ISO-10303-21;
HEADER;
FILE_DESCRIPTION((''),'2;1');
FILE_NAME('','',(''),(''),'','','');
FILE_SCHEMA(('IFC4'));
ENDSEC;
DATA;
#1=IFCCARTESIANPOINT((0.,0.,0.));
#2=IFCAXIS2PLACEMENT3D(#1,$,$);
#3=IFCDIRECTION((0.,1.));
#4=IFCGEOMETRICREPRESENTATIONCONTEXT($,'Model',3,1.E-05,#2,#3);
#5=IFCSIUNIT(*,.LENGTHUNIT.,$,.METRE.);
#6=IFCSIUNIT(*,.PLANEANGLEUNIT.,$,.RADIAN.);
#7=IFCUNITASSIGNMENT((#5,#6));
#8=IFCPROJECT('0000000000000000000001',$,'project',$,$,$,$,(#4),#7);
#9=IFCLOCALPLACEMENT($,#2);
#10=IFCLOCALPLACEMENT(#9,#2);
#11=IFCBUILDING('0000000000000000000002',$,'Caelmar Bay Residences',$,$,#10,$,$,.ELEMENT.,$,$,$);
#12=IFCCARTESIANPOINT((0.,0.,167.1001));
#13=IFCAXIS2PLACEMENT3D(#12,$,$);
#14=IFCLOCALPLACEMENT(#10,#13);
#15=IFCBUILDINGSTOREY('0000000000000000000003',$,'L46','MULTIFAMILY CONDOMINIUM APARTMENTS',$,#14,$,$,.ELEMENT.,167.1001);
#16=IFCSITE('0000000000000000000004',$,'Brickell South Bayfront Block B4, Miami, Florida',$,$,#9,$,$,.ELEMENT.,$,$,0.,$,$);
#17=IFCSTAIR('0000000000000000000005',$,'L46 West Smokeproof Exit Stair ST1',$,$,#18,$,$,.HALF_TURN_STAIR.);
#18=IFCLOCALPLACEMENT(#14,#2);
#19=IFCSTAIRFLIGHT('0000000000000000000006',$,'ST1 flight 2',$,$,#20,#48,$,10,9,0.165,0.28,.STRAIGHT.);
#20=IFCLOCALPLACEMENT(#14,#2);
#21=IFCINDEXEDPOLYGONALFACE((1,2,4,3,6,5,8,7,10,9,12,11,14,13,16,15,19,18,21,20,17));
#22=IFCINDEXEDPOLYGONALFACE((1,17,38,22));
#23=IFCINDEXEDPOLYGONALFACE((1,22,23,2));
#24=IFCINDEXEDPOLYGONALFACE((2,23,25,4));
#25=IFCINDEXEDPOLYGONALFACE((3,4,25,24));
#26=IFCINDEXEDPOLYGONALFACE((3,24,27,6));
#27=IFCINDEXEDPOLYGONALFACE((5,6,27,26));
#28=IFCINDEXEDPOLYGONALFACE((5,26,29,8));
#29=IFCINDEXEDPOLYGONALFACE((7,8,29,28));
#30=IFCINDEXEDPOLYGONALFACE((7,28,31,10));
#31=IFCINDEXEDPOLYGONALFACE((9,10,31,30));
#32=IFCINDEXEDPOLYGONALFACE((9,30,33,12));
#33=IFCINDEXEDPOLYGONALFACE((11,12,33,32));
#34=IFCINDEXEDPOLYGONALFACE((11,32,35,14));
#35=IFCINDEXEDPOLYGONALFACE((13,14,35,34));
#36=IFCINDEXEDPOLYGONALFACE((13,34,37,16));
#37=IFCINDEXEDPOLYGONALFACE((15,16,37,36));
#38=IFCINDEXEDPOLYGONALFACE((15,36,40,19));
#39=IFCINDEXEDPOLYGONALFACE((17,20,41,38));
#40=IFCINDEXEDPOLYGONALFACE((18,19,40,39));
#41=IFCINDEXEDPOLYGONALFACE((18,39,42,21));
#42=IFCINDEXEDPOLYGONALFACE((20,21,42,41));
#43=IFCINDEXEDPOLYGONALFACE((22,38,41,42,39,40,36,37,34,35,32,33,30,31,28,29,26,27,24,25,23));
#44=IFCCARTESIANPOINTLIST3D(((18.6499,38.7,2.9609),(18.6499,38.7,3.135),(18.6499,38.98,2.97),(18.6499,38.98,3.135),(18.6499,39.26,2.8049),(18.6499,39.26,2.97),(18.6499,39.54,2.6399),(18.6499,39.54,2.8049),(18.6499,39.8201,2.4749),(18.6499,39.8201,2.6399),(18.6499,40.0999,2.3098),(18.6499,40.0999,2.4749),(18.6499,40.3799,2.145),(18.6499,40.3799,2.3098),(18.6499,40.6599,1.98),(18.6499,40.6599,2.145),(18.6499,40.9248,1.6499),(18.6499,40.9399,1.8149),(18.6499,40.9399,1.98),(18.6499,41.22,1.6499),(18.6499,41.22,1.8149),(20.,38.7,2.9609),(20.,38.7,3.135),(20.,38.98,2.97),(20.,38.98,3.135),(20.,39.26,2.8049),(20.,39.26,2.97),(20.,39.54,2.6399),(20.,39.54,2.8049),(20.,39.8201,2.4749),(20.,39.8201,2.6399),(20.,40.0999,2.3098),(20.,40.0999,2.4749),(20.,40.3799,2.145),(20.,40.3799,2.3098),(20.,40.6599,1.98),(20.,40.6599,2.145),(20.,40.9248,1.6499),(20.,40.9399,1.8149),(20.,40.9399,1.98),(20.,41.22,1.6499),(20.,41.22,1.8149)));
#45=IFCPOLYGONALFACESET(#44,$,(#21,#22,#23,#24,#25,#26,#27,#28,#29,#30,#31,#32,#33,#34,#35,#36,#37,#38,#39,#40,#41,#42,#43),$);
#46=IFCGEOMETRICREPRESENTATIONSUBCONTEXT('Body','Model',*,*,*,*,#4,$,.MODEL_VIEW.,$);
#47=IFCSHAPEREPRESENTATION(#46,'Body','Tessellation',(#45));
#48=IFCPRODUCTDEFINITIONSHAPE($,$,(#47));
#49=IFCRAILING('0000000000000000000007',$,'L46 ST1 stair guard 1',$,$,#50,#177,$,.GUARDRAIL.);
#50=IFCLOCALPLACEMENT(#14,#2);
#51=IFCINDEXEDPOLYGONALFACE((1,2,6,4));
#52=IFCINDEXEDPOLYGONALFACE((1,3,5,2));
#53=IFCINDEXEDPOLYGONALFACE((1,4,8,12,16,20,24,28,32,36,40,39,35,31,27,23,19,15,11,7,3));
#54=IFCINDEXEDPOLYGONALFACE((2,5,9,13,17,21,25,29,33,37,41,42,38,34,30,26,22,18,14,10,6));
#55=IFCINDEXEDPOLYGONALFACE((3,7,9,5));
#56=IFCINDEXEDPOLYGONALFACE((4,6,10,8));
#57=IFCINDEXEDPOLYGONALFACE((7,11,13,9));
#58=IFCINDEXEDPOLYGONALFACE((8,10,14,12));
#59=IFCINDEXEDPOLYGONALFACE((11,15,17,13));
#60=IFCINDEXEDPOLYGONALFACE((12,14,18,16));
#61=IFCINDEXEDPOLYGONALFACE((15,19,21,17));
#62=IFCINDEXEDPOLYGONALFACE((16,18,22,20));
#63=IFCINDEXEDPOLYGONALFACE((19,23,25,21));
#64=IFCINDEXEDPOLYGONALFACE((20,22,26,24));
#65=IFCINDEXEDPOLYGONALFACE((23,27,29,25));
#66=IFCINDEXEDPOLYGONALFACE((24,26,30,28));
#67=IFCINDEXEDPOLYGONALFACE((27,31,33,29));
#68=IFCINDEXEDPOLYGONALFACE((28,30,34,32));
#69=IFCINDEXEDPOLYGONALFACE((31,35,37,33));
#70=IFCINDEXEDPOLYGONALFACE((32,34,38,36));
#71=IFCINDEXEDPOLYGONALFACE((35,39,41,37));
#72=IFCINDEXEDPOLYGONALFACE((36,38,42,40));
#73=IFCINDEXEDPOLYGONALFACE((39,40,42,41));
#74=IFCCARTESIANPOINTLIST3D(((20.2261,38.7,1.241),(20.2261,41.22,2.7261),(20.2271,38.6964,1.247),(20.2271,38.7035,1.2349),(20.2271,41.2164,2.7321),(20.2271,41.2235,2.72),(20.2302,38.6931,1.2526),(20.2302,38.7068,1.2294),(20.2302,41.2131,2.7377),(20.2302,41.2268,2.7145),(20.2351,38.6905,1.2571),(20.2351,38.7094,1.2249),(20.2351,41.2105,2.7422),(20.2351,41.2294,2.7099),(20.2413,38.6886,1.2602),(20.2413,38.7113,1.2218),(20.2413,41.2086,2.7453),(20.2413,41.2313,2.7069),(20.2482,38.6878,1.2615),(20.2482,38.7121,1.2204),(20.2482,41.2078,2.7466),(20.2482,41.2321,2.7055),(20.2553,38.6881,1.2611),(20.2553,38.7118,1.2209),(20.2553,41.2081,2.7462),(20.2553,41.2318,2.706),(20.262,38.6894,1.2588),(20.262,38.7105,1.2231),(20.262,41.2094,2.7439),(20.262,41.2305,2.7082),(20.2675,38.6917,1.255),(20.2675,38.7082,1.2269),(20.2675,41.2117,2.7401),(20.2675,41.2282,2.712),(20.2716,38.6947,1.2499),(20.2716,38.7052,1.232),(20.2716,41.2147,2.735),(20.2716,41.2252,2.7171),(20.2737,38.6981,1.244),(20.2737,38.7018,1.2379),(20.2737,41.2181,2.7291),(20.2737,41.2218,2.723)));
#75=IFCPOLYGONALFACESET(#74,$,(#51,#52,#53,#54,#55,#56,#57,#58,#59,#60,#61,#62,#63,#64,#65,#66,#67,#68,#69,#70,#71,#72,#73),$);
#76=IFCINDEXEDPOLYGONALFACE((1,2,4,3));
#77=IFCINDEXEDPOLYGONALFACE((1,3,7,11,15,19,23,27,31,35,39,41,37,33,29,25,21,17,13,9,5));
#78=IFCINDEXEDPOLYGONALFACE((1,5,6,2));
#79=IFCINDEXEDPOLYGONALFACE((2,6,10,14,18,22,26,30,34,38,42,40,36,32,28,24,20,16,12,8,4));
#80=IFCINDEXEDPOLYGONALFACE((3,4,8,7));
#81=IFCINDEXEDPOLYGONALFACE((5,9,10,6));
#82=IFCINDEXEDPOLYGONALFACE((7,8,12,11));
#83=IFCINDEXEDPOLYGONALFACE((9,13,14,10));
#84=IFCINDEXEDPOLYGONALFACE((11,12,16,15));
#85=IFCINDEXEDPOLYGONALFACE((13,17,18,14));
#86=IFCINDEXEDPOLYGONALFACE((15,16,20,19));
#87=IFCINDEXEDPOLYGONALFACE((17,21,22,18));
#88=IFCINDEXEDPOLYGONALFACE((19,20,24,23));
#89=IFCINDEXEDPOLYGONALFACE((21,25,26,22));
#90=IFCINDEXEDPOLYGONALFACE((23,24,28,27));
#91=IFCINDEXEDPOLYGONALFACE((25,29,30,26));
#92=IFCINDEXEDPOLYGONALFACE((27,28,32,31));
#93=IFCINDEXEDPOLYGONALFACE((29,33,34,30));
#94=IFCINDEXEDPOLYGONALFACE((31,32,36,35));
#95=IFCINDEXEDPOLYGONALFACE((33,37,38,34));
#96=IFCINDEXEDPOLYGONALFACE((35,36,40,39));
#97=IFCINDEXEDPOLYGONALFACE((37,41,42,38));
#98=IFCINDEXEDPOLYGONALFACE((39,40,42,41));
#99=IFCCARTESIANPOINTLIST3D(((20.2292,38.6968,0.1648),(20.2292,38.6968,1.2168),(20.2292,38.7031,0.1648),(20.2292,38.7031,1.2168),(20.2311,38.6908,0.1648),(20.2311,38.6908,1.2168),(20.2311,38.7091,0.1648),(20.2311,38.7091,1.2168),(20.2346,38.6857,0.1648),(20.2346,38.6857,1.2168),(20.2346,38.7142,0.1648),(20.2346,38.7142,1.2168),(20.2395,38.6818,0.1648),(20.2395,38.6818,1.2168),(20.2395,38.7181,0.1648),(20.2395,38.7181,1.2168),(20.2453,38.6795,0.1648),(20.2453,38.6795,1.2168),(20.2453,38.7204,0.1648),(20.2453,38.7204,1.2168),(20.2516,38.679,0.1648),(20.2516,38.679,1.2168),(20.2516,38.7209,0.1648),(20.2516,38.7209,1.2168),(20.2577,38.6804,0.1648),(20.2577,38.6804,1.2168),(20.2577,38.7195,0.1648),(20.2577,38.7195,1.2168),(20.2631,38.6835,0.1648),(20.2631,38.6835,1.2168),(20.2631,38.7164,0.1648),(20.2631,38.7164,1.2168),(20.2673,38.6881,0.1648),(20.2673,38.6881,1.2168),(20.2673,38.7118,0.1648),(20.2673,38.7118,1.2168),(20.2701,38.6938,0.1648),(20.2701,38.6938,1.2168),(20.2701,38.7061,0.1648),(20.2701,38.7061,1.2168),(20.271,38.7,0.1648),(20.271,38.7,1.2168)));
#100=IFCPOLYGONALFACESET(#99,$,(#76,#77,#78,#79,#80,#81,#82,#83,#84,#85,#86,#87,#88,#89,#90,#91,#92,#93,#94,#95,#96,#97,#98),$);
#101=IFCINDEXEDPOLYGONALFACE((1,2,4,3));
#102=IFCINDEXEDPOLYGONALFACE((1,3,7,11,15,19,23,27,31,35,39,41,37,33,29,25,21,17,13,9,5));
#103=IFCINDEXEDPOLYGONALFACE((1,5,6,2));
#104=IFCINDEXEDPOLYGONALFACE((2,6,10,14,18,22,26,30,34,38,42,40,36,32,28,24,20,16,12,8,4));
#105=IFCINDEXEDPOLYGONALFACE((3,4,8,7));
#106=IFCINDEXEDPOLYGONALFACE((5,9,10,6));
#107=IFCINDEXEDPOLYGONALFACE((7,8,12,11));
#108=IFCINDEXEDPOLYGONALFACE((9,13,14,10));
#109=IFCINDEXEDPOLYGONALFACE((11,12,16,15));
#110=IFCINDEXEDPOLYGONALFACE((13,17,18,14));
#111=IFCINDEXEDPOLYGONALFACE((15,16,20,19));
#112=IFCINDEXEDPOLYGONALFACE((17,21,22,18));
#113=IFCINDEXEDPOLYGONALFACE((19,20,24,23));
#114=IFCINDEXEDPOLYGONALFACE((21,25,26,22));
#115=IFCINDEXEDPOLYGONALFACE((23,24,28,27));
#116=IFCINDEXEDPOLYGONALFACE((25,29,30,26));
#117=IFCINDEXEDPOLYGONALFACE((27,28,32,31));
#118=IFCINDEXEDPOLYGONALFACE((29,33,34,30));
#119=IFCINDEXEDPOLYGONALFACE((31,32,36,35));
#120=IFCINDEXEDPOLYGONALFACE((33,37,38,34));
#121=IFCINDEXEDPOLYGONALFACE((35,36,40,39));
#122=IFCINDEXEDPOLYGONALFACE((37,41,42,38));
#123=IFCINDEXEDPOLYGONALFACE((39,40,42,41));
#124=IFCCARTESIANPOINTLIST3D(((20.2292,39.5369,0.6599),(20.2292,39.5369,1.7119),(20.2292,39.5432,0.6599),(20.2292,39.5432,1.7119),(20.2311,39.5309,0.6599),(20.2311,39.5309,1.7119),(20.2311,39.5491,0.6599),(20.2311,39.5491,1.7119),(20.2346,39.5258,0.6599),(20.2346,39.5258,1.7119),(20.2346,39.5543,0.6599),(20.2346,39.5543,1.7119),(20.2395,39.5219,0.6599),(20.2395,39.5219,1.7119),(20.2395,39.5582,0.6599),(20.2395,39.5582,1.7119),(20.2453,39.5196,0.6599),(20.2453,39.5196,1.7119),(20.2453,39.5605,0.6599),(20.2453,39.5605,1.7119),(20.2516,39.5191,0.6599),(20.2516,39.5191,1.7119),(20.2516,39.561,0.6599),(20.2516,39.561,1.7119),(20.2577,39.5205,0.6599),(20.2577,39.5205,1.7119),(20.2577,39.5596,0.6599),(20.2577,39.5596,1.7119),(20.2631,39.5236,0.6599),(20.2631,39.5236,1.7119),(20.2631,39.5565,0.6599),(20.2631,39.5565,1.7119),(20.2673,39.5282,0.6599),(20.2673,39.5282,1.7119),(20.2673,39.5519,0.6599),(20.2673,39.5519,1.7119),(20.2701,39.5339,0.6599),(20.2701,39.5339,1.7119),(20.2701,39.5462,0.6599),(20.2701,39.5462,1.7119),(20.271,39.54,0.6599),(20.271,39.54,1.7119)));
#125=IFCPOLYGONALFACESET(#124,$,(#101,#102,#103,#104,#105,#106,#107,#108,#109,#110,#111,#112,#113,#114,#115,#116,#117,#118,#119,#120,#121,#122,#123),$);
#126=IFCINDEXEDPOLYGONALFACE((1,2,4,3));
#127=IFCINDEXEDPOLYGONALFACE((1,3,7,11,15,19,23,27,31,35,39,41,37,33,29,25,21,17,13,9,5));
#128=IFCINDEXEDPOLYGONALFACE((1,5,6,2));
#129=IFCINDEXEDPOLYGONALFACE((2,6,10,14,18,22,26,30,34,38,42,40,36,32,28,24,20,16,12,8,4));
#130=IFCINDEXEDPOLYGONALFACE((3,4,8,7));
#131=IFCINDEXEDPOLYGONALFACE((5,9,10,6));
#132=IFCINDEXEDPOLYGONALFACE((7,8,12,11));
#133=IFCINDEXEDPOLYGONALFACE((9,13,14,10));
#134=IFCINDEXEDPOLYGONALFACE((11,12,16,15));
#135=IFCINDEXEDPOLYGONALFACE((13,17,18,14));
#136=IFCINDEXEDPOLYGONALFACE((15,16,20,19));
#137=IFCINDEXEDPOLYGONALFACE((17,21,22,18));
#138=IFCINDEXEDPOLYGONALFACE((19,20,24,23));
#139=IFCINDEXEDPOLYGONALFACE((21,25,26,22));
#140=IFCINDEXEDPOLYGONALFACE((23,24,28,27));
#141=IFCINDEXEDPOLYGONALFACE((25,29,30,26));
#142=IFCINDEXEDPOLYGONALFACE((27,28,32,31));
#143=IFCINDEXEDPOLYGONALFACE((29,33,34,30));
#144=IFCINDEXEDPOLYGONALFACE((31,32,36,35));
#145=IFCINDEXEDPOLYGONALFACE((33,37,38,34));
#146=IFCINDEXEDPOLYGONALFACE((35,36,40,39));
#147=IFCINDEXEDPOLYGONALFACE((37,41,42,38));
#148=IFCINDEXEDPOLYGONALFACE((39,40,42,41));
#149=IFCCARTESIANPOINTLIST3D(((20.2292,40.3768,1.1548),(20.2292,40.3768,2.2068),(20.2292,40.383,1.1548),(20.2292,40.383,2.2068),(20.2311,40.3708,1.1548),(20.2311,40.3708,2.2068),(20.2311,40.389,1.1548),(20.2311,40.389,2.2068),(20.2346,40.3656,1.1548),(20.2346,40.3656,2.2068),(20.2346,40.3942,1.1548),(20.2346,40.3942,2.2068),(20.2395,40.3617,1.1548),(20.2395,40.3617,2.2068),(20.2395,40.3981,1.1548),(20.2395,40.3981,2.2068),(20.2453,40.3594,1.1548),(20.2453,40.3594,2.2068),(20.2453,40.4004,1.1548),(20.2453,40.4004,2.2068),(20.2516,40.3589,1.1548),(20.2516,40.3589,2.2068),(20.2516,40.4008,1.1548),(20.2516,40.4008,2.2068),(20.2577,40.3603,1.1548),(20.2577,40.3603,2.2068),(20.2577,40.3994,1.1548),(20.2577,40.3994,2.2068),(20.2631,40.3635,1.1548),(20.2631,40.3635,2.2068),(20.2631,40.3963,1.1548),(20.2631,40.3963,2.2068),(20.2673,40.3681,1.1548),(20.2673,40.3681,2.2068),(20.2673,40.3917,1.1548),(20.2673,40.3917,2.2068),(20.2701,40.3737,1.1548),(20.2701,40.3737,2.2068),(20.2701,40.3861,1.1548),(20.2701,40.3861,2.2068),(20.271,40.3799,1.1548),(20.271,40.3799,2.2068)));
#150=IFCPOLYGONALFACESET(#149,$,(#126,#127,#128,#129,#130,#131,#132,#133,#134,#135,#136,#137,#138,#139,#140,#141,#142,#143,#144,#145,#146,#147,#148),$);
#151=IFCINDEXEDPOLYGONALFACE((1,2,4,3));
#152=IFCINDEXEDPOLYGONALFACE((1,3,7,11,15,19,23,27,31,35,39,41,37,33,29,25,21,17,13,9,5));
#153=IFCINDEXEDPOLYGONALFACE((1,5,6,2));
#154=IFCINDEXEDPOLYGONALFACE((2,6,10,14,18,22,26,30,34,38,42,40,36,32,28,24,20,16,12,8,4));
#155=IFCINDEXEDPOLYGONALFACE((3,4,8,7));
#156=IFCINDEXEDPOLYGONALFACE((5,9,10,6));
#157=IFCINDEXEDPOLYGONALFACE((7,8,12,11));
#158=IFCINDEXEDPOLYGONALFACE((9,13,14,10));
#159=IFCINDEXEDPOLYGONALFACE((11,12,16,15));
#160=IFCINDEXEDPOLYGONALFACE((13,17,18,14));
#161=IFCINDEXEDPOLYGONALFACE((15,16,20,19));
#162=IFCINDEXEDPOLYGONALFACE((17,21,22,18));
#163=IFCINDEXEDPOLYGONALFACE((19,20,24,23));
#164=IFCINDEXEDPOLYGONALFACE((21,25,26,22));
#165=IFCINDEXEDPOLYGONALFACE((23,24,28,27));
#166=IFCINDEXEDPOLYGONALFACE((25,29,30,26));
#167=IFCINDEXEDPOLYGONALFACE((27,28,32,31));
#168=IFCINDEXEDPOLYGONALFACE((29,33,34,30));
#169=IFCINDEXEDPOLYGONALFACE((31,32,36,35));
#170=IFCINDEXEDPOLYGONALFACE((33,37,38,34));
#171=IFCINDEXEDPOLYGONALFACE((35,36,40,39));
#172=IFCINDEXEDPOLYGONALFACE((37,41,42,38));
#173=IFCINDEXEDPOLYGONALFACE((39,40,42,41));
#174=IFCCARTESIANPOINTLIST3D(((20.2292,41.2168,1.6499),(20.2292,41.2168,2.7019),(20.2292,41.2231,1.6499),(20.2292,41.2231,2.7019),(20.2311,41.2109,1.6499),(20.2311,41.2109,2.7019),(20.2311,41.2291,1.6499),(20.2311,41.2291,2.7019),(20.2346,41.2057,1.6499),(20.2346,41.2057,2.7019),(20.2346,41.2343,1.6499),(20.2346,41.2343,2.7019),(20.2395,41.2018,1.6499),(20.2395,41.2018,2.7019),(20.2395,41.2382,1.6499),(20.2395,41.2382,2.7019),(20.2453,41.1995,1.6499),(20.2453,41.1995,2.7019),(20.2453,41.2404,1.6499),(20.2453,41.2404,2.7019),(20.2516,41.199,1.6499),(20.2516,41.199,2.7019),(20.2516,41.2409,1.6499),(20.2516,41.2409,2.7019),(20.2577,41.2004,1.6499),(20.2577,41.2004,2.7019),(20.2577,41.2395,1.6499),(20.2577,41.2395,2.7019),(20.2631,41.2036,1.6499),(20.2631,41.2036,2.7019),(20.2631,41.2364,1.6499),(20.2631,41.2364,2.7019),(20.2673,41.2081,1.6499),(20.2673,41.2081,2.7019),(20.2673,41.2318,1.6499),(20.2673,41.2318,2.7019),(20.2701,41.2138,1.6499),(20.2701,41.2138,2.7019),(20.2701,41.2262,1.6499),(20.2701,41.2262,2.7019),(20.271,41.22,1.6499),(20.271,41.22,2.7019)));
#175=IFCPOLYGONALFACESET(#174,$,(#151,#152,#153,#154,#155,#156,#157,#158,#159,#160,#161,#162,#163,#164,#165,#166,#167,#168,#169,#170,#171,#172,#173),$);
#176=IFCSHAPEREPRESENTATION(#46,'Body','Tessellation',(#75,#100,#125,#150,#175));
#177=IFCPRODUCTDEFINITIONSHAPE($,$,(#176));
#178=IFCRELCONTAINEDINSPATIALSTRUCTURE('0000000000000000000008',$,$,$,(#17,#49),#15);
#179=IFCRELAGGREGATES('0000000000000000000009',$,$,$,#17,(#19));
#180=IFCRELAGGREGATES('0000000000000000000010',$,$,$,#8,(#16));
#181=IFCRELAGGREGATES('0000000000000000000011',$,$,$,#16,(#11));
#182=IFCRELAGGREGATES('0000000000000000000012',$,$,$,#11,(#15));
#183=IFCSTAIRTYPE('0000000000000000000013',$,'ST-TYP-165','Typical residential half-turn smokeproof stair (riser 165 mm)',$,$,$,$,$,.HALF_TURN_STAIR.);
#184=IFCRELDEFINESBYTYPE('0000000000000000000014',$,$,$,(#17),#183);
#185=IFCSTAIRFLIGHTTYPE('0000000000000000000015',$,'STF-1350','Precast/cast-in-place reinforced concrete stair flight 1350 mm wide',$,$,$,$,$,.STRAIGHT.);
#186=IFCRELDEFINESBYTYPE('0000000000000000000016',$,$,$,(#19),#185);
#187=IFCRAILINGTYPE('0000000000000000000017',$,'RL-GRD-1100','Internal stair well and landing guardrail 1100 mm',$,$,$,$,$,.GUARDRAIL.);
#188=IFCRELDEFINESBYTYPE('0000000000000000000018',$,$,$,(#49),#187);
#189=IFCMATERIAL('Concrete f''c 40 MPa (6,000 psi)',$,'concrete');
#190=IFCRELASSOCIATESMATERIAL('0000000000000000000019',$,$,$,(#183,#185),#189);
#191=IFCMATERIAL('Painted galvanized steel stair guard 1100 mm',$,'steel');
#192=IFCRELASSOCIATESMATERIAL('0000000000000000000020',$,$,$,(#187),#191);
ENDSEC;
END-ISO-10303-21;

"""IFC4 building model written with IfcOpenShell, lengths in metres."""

from ifc_helpers import new_model, si_unit, direction, frame, origin, origin_2d, place, context, subcontext, project, spatial, polyline, circle, outline, extrude, material, type_object, element, aggregate, save


model = new_model("IFC4")

# Units and contexts
model_context = context("Model", 3, precision=1e-05, world=origin(), true_north=direction((0.0, 1.0)))
body_context = subcontext(model_context, "Body", "Model", "MODEL_VIEW")
ifc_project = project(units=[si_unit("LENGTHUNIT", "METRE"), si_unit("PLANEANGLEUNIT", "RADIAN")], contexts=[model_context])

# Site, building, storey
site_placement = place(None, origin())
site = spatial("IfcSite", under=ifc_project, at=site_placement, Name="Brickell South Bayfront Block B4, Miami, Florida", CompositionType="ELEMENT", RefElevation=0.0)
building_placement = place(site_placement, origin())
building = spatial("IfcBuilding", under=site, at=building_placement, Name="Caelmar Bay Residences", CompositionType="ELEMENT")
storey_placement = place(building_placement, frame((0.0, 0.0, 167.1001)))
storey = spatial("IfcBuildingStorey", under=building, at=storey_placement, Name="L46", Description="MULTIFAMILY CONDOMINIUM APARTMENTS", CompositionType="ELEMENT", Elevation=167.1001)

# Stair, stair flight
ifc_material_1 = material(Name="Concrete f'c 40 MPa (6,000 psi)", Category="concrete")
stair_type = type_object("IfcStairType", Name="ST-TYP-165", Description="Typical residential half-turn smokeproof stair (riser 165 mm)", PredefinedType="HALF_TURN_STAIR", material=ifc_material_1)
stair_placement = place(storey_placement, origin())
stair = element("IfcStair", 1, at=stair_placement, inside=storey, type_object=stair_type, Name="L46 West Smokeproof Exit Stair ST1", PredefinedType="HALF_TURN_STAIR")
stair_flight_type = type_object("IfcStairFlightType", Name="STF-1350", Description="Precast/cast-in-place reinforced concrete stair flight 1350 mm wide", PredefinedType="STRAIGHT", material=ifc_material_1)
stair_flight_1_placement = place(storey_placement, frame((19.325, 41.22, 1.6499), z_axis=(0.0, 0.0, 1.0), x_axis=(0.0, -1.0, 0.0)))
stair_flight_1 = element("IfcStairFlight", 2, at=stair_flight_1_placement, type_object=stair_flight_type, Name="ST1 flight 2", NumberOfRisers=10, NumberOfTreads=9, PredefinedType="STRAIGHT", RiserHeight=0.165, TreadLength=0.28, context=body_context, shape_type="SweptSolid", body=[
    extrude(outline(polyline([(0.0, 0.0), (0.0, 0.165), (0.28, 0.165), (0.28, 0.3301), (0.5601, 0.3301), (0.5601, 0.4951), (0.8401, 0.4951), (0.8401, 0.6599), (1.1201, 0.6599), (1.1201, 0.825), (1.3999, 0.825), (1.3999, 0.99), (1.6799, 0.99), (1.6799, 1.155), (1.96, 1.155), (1.96, 1.3201), (2.24, 1.3201), (2.24, 1.4851), (2.52, 1.4851), (2.52, 1.6499), (2.52, 1.311), (0.2952, 0.0), (0.0, 0.0)])), frame((0.0, 0.675, 0.0), z_axis=(0.0, -1.0, 0.0), x_axis=(1.0, 0.0, 0.0)), (0.0, 0.0, 1.0), 1.3501),
])
aggregate(stair, [stair_flight_1])

# Railing
ifc_material_2 = material(Name="Painted galvanized steel stair guard 1100 mm", Category="steel")
railing_type_1 = type_object("IfcRailingType", Name="RL-GRD-1100", Description="Internal stair well and landing guardrail 1100 mm", PredefinedType="GUARDRAIL", material=ifc_material_2)
railing_1_placement = place(storey_placement, frame((20.25, 38.7, 0.1648)))
element("IfcRailing", 3, at=railing_1_placement, inside=storey, type_object=railing_type_1, Name="L46 ST1 stair guard 1", PredefinedType="GUARDRAIL", context=body_context, shape_type="SweptSolid", body=[
    extrude(circle(Radius=0.0239, at=origin_2d()), frame((0.0, 0.0, 1.0762), z_axis=(0.0, 0.861524, 0.507717), x_axis=(-1.0, 0.0, 0.0)), (0.0, 0.0, 1.0), 2.925),
    extrude(circle(Radius=0.021, at=origin_2d()), origin(), (0.0, 0.0, 1.0), 1.052),
    extrude(circle(Radius=0.021, at=origin_2d()), frame((0.0, 0.8401, 0.4951)), (0.0, 0.0, 1.0), 1.052),
    extrude(circle(Radius=0.021, at=origin_2d()), frame((0.0, 1.6799, 0.99)), (0.0, 0.0, 1.0), 1.052),
    extrude(circle(Radius=0.021, at=origin_2d()), frame((0.0, 2.52, 1.4851)), (0.0, 0.0, 1.0), 1.052),
])

save(model, "model.ifc")
